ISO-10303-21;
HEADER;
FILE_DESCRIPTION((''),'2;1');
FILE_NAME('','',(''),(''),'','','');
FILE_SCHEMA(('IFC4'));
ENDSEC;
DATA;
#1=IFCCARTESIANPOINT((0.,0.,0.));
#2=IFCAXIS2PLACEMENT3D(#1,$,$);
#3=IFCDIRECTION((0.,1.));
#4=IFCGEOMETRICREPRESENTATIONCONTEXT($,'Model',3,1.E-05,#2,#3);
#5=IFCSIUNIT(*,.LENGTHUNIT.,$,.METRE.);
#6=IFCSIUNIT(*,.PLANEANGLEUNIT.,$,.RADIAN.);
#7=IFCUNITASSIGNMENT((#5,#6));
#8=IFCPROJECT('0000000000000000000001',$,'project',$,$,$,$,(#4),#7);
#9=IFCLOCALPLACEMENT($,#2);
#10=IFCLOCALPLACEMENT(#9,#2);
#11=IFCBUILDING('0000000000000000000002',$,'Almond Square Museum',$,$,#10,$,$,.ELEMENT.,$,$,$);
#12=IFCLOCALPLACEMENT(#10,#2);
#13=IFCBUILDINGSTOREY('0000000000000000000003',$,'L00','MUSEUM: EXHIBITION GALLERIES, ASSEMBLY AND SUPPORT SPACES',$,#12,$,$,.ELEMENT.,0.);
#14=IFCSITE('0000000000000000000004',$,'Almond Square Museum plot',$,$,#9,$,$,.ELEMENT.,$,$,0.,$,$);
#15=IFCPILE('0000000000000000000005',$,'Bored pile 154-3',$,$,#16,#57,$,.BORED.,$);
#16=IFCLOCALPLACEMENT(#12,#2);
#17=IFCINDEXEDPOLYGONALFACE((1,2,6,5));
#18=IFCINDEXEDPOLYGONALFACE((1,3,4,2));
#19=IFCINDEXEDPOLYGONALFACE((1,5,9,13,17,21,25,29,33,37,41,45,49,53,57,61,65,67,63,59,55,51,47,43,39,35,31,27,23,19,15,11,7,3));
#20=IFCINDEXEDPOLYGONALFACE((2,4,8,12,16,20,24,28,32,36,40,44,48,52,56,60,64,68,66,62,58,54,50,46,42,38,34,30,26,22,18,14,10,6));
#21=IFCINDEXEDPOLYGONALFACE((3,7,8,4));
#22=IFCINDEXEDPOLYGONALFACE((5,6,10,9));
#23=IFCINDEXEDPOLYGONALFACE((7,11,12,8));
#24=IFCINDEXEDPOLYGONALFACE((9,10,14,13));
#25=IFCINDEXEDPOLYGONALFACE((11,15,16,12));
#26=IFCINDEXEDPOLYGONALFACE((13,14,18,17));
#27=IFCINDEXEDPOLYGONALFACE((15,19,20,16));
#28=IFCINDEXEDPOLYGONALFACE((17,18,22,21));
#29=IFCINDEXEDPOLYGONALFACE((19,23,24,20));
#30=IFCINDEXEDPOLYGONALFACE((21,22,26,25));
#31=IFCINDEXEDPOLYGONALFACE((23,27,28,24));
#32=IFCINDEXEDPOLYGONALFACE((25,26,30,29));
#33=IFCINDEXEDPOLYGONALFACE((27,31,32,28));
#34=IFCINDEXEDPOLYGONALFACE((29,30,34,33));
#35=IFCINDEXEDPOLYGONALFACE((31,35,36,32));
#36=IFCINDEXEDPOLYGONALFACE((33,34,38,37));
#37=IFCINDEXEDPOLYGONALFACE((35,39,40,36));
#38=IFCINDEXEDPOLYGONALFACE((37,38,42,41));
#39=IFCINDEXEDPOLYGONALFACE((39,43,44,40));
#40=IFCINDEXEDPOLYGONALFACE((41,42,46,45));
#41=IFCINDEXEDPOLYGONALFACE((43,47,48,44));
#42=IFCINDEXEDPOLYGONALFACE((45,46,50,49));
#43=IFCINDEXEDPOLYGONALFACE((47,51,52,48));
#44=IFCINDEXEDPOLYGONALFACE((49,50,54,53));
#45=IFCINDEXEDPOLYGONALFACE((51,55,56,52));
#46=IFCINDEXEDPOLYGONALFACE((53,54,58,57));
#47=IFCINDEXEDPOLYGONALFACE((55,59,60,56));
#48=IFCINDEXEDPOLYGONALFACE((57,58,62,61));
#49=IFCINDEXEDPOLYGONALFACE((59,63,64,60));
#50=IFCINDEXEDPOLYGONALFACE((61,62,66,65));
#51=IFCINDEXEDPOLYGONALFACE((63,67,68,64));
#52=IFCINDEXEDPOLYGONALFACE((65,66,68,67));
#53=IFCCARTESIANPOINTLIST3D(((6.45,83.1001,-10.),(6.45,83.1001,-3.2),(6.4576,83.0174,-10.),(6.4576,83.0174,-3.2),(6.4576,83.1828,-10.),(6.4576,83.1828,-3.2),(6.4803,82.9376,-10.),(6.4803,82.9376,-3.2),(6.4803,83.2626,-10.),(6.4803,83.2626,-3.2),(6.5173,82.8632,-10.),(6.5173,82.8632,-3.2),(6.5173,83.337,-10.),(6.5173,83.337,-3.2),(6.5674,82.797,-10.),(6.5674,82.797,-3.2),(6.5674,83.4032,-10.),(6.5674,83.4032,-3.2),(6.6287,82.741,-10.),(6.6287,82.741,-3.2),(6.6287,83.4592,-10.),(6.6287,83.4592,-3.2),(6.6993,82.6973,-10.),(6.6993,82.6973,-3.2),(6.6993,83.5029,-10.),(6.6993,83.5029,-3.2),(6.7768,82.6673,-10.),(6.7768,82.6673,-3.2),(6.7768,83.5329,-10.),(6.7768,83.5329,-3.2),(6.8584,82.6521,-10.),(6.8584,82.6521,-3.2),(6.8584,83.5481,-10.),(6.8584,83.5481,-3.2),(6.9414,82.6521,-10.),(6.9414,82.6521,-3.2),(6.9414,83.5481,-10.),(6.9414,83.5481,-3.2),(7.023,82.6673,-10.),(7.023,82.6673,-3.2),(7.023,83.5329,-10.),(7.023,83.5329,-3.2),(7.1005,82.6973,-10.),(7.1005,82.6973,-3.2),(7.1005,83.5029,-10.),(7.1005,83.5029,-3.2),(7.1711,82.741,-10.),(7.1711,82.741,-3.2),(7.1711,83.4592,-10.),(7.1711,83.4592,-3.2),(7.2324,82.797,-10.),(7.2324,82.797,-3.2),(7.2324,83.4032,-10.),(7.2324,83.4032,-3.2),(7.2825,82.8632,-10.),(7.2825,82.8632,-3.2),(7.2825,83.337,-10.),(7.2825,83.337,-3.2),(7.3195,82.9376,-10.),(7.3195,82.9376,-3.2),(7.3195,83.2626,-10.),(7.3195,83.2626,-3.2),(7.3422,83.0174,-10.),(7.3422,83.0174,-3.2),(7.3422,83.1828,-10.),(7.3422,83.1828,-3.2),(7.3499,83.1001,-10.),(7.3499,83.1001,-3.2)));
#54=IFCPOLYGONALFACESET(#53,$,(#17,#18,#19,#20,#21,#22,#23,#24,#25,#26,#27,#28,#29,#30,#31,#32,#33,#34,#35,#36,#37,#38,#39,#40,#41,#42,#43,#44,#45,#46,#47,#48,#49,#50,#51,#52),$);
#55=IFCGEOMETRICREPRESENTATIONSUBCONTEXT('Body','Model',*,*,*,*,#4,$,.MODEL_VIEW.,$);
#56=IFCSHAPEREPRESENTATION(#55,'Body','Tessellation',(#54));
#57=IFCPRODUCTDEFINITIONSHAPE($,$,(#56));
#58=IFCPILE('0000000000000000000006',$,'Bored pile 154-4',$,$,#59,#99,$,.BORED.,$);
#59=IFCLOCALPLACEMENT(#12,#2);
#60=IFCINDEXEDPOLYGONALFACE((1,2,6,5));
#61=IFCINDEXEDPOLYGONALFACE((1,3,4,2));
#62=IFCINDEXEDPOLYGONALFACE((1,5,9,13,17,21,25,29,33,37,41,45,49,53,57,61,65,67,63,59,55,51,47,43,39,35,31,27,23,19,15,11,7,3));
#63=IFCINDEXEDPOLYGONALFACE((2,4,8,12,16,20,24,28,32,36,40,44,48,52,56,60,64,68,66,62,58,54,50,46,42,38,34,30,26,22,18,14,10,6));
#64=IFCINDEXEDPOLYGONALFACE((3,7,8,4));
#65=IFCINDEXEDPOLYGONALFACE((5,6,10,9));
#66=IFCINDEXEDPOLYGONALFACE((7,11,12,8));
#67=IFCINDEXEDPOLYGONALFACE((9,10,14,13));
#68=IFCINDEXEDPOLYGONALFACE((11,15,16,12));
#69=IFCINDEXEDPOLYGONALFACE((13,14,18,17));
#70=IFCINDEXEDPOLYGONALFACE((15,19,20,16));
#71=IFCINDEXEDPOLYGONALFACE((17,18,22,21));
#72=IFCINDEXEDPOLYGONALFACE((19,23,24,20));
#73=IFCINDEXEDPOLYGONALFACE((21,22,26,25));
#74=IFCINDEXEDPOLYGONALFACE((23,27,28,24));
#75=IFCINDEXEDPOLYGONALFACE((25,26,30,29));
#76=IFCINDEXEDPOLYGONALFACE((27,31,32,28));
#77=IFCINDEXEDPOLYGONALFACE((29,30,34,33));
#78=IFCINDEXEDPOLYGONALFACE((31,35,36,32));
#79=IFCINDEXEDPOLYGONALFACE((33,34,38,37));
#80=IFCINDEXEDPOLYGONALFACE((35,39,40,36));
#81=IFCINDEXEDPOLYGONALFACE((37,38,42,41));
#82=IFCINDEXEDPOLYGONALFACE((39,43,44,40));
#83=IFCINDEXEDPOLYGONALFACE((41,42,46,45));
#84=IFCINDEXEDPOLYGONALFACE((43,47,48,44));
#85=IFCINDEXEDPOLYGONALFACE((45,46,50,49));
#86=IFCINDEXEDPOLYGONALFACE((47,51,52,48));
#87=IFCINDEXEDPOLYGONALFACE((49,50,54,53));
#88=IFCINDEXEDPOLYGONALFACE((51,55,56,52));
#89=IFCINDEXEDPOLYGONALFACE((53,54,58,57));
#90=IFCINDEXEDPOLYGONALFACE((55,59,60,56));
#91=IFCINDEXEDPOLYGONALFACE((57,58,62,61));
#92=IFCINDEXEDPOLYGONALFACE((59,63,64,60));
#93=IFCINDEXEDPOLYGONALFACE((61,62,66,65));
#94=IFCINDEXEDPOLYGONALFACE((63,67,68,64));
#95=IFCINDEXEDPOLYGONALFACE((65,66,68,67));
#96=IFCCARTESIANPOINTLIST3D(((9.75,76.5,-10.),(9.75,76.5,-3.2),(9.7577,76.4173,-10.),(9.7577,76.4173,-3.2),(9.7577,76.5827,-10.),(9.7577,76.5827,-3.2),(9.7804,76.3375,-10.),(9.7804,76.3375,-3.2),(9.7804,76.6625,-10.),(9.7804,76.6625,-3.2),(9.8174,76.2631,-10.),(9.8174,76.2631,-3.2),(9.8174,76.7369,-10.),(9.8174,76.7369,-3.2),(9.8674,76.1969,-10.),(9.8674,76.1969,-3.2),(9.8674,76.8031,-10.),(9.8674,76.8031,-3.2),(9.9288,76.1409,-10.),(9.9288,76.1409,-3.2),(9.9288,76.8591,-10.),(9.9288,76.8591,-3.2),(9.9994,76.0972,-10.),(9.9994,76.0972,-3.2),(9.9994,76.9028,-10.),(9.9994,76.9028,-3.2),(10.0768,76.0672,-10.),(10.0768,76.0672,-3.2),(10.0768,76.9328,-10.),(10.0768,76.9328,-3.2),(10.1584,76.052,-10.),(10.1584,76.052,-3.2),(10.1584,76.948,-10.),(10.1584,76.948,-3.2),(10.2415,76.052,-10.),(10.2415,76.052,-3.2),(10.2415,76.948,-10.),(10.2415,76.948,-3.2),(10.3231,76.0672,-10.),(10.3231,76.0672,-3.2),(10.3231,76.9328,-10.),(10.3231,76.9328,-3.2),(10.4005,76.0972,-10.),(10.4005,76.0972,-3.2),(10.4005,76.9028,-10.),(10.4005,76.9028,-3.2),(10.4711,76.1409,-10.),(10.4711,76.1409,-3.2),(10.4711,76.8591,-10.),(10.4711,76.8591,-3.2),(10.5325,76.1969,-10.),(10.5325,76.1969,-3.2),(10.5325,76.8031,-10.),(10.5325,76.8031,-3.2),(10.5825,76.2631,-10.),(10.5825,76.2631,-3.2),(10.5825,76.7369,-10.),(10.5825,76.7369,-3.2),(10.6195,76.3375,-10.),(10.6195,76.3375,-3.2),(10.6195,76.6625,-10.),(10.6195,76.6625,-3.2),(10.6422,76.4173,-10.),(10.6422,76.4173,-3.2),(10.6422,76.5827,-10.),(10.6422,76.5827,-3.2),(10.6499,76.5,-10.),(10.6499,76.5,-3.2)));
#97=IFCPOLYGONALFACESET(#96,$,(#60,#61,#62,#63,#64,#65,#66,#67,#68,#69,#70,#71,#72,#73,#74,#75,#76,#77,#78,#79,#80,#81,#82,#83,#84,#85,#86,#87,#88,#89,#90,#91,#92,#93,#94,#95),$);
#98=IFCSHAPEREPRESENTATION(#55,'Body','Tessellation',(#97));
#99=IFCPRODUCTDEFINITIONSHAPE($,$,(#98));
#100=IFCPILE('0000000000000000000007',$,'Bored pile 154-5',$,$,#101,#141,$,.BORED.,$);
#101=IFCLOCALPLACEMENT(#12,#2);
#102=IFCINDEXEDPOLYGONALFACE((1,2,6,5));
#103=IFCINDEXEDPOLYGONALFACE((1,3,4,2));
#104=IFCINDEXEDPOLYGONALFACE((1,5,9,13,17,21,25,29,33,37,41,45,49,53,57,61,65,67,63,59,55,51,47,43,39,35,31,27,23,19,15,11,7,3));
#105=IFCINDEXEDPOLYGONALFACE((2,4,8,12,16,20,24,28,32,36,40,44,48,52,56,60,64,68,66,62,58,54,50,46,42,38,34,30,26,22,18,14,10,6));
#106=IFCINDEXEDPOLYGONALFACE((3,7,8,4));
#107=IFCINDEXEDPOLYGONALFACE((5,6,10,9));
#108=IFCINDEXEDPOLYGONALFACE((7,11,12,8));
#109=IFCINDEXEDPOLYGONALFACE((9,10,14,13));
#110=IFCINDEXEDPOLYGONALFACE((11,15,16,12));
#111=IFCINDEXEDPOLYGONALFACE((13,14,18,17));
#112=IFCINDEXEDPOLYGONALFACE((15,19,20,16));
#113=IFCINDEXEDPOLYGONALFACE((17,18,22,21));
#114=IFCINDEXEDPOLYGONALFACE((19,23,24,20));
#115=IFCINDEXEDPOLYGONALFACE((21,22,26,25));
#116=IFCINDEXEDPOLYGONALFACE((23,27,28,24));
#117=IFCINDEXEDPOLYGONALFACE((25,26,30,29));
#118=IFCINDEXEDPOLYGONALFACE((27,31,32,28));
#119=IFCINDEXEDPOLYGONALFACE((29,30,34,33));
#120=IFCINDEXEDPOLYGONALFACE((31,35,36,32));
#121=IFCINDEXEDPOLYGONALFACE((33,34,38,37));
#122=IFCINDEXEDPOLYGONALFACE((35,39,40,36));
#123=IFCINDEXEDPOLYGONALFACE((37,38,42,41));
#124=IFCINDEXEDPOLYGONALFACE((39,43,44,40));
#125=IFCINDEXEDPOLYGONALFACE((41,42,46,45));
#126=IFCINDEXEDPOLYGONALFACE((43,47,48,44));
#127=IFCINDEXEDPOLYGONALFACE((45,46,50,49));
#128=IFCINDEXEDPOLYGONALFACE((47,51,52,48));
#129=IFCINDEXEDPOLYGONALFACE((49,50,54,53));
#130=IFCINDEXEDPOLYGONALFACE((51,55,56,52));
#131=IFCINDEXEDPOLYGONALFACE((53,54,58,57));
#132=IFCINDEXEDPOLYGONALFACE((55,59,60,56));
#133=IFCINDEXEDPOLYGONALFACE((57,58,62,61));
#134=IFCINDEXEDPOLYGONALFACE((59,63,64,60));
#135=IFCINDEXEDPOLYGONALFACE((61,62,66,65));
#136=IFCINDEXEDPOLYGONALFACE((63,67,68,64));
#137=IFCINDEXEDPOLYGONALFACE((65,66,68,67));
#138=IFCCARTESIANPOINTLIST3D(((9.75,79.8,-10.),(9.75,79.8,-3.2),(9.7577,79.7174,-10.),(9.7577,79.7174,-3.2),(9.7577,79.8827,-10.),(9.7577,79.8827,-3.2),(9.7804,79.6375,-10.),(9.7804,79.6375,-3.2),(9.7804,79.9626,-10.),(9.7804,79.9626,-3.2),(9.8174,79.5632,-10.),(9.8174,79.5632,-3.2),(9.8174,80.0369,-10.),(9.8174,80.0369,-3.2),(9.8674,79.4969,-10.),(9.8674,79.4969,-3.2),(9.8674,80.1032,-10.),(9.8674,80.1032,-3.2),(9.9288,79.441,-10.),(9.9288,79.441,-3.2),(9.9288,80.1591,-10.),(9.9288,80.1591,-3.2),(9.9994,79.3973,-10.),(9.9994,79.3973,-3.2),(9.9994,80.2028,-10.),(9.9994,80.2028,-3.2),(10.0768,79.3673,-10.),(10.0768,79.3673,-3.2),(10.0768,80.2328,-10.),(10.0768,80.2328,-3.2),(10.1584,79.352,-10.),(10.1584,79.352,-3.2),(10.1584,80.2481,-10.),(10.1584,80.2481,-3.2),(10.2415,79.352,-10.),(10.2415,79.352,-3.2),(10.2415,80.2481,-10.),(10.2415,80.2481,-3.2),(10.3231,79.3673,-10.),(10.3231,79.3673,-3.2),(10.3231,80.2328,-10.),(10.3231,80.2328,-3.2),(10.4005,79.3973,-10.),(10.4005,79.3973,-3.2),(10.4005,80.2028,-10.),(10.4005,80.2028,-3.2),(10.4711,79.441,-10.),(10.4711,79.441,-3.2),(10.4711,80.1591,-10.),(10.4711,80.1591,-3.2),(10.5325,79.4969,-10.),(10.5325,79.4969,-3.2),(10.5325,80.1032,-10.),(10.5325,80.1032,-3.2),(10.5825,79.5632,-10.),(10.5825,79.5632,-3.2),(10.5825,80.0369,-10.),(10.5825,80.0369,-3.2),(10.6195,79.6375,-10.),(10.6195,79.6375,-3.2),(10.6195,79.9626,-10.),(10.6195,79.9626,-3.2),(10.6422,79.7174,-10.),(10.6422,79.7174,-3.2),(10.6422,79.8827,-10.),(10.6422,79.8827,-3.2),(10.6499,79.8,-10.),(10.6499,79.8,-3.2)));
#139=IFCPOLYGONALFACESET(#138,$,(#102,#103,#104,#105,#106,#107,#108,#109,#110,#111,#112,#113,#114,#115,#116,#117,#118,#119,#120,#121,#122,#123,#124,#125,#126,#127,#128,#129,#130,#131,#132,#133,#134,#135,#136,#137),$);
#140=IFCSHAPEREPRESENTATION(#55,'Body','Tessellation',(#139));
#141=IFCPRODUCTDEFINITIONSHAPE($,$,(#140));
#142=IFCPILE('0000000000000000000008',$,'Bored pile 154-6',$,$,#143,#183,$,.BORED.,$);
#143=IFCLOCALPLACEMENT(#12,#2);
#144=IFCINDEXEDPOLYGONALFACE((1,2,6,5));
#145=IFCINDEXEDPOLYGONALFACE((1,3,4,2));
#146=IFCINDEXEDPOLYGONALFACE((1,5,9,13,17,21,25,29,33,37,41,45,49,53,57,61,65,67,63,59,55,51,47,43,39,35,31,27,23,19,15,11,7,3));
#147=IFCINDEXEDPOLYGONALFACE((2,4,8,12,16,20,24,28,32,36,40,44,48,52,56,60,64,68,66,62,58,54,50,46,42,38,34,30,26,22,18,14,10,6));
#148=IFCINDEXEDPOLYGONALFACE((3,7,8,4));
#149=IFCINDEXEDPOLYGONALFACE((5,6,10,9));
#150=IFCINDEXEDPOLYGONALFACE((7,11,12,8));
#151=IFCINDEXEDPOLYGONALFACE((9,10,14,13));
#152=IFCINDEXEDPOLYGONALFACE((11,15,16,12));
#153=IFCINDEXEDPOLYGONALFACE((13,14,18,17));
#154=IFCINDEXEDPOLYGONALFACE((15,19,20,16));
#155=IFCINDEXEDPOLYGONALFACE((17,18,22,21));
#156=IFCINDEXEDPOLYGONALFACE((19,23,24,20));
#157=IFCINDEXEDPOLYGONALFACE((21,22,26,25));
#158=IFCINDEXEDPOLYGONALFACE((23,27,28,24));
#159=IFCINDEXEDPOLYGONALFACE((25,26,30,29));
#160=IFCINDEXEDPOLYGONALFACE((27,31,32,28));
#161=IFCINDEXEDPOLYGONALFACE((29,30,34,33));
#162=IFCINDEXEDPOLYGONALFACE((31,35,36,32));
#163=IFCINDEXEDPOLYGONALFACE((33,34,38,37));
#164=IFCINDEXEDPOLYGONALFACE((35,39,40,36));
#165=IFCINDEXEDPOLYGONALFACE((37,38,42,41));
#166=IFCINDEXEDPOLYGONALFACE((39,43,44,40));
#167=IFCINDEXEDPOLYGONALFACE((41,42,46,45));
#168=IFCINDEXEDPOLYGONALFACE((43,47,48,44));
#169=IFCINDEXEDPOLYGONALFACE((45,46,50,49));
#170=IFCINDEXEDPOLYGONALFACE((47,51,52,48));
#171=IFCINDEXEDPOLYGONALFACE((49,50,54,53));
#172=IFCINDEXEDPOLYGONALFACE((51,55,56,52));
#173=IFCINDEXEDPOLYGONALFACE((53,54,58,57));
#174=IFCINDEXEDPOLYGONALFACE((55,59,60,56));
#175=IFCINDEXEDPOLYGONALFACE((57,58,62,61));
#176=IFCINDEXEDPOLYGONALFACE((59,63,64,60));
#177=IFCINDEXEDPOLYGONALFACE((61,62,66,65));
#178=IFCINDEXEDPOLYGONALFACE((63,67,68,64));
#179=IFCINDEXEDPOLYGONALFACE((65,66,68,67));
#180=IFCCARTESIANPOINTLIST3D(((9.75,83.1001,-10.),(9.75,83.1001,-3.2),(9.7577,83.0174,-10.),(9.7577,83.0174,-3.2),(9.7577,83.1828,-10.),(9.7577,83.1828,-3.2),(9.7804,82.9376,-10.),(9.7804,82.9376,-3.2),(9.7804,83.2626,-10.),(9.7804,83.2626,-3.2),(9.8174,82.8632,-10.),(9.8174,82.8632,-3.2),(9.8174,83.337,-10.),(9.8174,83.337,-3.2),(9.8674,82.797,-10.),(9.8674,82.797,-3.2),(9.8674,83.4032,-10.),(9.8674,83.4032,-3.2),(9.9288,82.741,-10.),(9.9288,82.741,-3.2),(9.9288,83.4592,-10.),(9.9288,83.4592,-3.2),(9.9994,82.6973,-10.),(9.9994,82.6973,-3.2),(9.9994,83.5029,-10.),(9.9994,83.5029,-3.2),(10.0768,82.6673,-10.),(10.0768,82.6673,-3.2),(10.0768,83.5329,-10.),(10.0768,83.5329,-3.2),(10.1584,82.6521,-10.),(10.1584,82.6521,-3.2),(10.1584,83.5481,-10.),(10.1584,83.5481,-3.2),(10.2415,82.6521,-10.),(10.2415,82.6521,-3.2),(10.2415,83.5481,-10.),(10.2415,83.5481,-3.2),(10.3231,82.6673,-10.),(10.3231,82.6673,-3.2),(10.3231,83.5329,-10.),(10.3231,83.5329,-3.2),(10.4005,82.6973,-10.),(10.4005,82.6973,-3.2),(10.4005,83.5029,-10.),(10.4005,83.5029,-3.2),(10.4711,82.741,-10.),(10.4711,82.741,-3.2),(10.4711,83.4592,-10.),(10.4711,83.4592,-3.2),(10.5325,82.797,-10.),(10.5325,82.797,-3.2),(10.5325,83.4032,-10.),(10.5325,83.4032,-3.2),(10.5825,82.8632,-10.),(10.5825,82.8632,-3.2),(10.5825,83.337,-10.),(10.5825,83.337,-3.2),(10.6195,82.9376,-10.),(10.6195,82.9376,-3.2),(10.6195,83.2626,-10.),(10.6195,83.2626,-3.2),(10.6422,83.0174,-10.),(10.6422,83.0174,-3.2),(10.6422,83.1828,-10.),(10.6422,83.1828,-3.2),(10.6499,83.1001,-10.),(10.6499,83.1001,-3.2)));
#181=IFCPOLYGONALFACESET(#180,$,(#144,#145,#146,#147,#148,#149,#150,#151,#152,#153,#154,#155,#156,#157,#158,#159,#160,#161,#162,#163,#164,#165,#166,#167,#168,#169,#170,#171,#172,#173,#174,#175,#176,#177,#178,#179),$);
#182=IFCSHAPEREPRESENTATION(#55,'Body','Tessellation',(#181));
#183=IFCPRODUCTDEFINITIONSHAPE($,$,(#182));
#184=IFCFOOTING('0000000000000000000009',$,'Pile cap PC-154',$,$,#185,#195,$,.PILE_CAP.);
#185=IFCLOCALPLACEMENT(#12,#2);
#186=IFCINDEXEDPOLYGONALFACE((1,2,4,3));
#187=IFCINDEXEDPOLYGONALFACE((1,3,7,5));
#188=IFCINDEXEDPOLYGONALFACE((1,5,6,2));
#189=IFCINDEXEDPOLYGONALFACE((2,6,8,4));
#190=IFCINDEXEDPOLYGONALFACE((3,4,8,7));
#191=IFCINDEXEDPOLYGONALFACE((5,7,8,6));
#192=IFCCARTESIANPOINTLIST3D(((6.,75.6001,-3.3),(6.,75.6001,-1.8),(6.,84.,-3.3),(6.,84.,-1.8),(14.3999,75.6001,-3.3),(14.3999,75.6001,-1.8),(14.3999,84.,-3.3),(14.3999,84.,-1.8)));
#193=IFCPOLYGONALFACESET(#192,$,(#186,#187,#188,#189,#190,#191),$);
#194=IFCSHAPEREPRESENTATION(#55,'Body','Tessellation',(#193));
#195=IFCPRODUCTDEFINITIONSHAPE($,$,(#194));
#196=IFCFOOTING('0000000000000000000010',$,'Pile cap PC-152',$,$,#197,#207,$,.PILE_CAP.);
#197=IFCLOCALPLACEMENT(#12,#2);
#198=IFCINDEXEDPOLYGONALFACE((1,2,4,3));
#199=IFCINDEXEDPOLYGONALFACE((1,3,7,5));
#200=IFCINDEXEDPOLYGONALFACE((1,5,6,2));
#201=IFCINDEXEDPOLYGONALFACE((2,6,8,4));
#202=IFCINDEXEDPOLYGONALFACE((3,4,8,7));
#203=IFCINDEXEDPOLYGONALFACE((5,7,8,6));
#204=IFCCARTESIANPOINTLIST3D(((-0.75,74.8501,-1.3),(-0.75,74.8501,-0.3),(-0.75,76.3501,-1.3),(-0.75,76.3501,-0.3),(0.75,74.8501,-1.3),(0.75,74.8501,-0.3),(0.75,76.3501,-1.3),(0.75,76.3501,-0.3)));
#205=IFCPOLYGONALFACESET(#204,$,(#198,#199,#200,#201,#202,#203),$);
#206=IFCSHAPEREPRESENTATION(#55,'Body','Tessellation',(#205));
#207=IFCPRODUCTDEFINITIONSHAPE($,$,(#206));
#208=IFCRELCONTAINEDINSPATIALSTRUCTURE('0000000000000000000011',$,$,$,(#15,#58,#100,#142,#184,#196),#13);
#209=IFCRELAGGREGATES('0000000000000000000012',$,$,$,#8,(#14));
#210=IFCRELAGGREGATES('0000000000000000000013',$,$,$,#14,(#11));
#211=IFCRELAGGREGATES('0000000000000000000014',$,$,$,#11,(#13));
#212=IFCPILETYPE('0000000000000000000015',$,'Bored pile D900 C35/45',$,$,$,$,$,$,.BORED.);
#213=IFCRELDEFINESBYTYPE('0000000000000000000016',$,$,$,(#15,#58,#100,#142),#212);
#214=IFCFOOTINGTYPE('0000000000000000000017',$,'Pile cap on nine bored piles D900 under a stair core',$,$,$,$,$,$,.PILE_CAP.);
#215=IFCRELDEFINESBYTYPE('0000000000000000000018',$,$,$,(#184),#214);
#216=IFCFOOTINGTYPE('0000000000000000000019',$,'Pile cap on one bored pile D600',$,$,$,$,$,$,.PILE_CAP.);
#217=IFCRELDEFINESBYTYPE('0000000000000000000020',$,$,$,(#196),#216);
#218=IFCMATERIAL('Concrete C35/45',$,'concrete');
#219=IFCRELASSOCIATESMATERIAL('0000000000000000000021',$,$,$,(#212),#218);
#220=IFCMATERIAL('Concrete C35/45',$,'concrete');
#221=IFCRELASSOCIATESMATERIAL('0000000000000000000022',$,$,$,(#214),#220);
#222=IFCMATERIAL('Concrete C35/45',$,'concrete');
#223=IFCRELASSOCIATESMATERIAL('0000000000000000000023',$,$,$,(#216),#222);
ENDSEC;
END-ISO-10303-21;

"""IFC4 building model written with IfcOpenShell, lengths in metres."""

from ifc_helpers import new_model, si_unit, direction, frame, origin, origin_2d, place, context, subcontext, project, spatial, rectangle, circle, extrude, material, material_profile, profile_set, type_object, element, save


model = new_model("IFC4")

# Units and contexts
model_context = context("Model", 3, precision=1e-05, world=origin(), true_north=direction((0.0, 1.0)))
body_context = subcontext(model_context, "Body", "Model", "MODEL_VIEW")
ifc_project = project(units=[si_unit("LENGTHUNIT", "METRE"), si_unit("PLANEANGLEUNIT", "RADIAN")], contexts=[model_context])

# Site, building, storey
site_placement = place(None, origin())
site = spatial("IfcSite", under=ifc_project, at=site_placement, Name="Almond Square Museum plot", CompositionType="ELEMENT", RefElevation=0.0)
building_placement = place(site_placement, origin())
building = spatial("IfcBuilding", under=site, at=building_placement, Name="Almond Square Museum", CompositionType="ELEMENT")
storey_placement = place(building_placement, origin())
storey = spatial("IfcBuildingStorey", under=building, at=storey_placement, Name="L00", Description="MUSEUM: EXHIBITION GALLERIES, ASSEMBLY AND SUPPORT SPACES", CompositionType="ELEMENT", Elevation=0.0)

# Piles
ifc_material_1 = material(Name="Concrete C35/45", Category="concrete")
ifc_material_profile_1 = material_profile(ifc_material_1, circle(Radius=0.45, at=origin_2d()))
ifc_profile_set_1 = profile_set([ifc_material_profile_1], Name="Concrete C35/45")
pile_type_1 = type_object("IfcPileType", Name="Bored pile D900 C35/45", PredefinedType="BORED", material=ifc_profile_set_1)
for number, where, z_axis, x_axis, name in (
    (1, (6.8999, 83.1001, -3.2), (0.0, 0.0, -1.0), (1.0, 0.0, 0.0), "Bored pile 154-3"),
    (2, (10.2, 76.5, -3.2), (0.0, 0.0, -1.0), (1.0, 0.0, 0.0), "Bored pile 154-4"),
    (3, (10.2, 79.8, -3.2), (0.0, 0.0, -1.0), (1.0, 0.0, 0.0), "Bored pile 154-5"),
    (4, (10.2, 83.1001, -3.2), (0.0, 0.0, -1.0), (1.0, 0.0, 0.0), "Bored pile 154-6"),
):
    element("IfcPile", number, at=place(storey_placement, frame(where, z_axis=z_axis, x_axis=x_axis)), inside=storey, type_object=pile_type_1, Name=name, PredefinedType="BORED", context=body_context, shape_type="SweptSolid", body=[
        extrude(circle(Radius=0.45, at=origin_2d()), origin(), (0.0, 0.0, 1.0), 6.8),
    ])

# Footings
ifc_material_2 = material(Name="Concrete C35/45", Category="concrete")
footing_type_1 = type_object("IfcFootingType", Name="Pile cap on nine bored piles D900 under a stair core", PredefinedType="PILE_CAP", material=ifc_material_2)
footing_placement = place(storey_placement, frame((10.2, 79.8, -3.3), z_axis=(0.0, 0.0, 1.0), x_axis=(1.0, 0.0, 0.0)))
element("IfcFooting", 5, at=footing_placement, inside=storey, type_object=footing_type_1, Name="Pile cap PC-154", PredefinedType="PILE_CAP", context=body_context, shape_type="SweptSolid", body=[
    extrude(rectangle(XDim=8.3999, YDim=8.3999, at=origin_2d()), origin(), (0.0, 0.0, 1.0), 1.5),
])
ifc_material_3 = material(Name="Concrete C35/45", Category="concrete")
footing_type_2 = type_object("IfcFootingType", Name="Pile cap on one bored pile D600", PredefinedType="PILE_CAP", material=ifc_material_3)
for number, where, z_axis, x_axis, name in (
    (6, (0.0, 75.6001, -1.3), (0.0, 0.0, 1.0), (1.0, 0.0, 0.0), "Pile cap PC-152"),
):
    element("IfcFooting", number, at=place(storey_placement, frame(where, z_axis=z_axis, x_axis=x_axis)), inside=storey, type_object=footing_type_2, Name=name, PredefinedType="PILE_CAP", context=body_context, shape_type="SweptSolid", body=[
        extrude(rectangle(XDim=1.5, YDim=1.5, at=origin_2d()), origin(), (0.0, 0.0, 1.0), 1.0),
    ])

save(model, "model.ifc")
